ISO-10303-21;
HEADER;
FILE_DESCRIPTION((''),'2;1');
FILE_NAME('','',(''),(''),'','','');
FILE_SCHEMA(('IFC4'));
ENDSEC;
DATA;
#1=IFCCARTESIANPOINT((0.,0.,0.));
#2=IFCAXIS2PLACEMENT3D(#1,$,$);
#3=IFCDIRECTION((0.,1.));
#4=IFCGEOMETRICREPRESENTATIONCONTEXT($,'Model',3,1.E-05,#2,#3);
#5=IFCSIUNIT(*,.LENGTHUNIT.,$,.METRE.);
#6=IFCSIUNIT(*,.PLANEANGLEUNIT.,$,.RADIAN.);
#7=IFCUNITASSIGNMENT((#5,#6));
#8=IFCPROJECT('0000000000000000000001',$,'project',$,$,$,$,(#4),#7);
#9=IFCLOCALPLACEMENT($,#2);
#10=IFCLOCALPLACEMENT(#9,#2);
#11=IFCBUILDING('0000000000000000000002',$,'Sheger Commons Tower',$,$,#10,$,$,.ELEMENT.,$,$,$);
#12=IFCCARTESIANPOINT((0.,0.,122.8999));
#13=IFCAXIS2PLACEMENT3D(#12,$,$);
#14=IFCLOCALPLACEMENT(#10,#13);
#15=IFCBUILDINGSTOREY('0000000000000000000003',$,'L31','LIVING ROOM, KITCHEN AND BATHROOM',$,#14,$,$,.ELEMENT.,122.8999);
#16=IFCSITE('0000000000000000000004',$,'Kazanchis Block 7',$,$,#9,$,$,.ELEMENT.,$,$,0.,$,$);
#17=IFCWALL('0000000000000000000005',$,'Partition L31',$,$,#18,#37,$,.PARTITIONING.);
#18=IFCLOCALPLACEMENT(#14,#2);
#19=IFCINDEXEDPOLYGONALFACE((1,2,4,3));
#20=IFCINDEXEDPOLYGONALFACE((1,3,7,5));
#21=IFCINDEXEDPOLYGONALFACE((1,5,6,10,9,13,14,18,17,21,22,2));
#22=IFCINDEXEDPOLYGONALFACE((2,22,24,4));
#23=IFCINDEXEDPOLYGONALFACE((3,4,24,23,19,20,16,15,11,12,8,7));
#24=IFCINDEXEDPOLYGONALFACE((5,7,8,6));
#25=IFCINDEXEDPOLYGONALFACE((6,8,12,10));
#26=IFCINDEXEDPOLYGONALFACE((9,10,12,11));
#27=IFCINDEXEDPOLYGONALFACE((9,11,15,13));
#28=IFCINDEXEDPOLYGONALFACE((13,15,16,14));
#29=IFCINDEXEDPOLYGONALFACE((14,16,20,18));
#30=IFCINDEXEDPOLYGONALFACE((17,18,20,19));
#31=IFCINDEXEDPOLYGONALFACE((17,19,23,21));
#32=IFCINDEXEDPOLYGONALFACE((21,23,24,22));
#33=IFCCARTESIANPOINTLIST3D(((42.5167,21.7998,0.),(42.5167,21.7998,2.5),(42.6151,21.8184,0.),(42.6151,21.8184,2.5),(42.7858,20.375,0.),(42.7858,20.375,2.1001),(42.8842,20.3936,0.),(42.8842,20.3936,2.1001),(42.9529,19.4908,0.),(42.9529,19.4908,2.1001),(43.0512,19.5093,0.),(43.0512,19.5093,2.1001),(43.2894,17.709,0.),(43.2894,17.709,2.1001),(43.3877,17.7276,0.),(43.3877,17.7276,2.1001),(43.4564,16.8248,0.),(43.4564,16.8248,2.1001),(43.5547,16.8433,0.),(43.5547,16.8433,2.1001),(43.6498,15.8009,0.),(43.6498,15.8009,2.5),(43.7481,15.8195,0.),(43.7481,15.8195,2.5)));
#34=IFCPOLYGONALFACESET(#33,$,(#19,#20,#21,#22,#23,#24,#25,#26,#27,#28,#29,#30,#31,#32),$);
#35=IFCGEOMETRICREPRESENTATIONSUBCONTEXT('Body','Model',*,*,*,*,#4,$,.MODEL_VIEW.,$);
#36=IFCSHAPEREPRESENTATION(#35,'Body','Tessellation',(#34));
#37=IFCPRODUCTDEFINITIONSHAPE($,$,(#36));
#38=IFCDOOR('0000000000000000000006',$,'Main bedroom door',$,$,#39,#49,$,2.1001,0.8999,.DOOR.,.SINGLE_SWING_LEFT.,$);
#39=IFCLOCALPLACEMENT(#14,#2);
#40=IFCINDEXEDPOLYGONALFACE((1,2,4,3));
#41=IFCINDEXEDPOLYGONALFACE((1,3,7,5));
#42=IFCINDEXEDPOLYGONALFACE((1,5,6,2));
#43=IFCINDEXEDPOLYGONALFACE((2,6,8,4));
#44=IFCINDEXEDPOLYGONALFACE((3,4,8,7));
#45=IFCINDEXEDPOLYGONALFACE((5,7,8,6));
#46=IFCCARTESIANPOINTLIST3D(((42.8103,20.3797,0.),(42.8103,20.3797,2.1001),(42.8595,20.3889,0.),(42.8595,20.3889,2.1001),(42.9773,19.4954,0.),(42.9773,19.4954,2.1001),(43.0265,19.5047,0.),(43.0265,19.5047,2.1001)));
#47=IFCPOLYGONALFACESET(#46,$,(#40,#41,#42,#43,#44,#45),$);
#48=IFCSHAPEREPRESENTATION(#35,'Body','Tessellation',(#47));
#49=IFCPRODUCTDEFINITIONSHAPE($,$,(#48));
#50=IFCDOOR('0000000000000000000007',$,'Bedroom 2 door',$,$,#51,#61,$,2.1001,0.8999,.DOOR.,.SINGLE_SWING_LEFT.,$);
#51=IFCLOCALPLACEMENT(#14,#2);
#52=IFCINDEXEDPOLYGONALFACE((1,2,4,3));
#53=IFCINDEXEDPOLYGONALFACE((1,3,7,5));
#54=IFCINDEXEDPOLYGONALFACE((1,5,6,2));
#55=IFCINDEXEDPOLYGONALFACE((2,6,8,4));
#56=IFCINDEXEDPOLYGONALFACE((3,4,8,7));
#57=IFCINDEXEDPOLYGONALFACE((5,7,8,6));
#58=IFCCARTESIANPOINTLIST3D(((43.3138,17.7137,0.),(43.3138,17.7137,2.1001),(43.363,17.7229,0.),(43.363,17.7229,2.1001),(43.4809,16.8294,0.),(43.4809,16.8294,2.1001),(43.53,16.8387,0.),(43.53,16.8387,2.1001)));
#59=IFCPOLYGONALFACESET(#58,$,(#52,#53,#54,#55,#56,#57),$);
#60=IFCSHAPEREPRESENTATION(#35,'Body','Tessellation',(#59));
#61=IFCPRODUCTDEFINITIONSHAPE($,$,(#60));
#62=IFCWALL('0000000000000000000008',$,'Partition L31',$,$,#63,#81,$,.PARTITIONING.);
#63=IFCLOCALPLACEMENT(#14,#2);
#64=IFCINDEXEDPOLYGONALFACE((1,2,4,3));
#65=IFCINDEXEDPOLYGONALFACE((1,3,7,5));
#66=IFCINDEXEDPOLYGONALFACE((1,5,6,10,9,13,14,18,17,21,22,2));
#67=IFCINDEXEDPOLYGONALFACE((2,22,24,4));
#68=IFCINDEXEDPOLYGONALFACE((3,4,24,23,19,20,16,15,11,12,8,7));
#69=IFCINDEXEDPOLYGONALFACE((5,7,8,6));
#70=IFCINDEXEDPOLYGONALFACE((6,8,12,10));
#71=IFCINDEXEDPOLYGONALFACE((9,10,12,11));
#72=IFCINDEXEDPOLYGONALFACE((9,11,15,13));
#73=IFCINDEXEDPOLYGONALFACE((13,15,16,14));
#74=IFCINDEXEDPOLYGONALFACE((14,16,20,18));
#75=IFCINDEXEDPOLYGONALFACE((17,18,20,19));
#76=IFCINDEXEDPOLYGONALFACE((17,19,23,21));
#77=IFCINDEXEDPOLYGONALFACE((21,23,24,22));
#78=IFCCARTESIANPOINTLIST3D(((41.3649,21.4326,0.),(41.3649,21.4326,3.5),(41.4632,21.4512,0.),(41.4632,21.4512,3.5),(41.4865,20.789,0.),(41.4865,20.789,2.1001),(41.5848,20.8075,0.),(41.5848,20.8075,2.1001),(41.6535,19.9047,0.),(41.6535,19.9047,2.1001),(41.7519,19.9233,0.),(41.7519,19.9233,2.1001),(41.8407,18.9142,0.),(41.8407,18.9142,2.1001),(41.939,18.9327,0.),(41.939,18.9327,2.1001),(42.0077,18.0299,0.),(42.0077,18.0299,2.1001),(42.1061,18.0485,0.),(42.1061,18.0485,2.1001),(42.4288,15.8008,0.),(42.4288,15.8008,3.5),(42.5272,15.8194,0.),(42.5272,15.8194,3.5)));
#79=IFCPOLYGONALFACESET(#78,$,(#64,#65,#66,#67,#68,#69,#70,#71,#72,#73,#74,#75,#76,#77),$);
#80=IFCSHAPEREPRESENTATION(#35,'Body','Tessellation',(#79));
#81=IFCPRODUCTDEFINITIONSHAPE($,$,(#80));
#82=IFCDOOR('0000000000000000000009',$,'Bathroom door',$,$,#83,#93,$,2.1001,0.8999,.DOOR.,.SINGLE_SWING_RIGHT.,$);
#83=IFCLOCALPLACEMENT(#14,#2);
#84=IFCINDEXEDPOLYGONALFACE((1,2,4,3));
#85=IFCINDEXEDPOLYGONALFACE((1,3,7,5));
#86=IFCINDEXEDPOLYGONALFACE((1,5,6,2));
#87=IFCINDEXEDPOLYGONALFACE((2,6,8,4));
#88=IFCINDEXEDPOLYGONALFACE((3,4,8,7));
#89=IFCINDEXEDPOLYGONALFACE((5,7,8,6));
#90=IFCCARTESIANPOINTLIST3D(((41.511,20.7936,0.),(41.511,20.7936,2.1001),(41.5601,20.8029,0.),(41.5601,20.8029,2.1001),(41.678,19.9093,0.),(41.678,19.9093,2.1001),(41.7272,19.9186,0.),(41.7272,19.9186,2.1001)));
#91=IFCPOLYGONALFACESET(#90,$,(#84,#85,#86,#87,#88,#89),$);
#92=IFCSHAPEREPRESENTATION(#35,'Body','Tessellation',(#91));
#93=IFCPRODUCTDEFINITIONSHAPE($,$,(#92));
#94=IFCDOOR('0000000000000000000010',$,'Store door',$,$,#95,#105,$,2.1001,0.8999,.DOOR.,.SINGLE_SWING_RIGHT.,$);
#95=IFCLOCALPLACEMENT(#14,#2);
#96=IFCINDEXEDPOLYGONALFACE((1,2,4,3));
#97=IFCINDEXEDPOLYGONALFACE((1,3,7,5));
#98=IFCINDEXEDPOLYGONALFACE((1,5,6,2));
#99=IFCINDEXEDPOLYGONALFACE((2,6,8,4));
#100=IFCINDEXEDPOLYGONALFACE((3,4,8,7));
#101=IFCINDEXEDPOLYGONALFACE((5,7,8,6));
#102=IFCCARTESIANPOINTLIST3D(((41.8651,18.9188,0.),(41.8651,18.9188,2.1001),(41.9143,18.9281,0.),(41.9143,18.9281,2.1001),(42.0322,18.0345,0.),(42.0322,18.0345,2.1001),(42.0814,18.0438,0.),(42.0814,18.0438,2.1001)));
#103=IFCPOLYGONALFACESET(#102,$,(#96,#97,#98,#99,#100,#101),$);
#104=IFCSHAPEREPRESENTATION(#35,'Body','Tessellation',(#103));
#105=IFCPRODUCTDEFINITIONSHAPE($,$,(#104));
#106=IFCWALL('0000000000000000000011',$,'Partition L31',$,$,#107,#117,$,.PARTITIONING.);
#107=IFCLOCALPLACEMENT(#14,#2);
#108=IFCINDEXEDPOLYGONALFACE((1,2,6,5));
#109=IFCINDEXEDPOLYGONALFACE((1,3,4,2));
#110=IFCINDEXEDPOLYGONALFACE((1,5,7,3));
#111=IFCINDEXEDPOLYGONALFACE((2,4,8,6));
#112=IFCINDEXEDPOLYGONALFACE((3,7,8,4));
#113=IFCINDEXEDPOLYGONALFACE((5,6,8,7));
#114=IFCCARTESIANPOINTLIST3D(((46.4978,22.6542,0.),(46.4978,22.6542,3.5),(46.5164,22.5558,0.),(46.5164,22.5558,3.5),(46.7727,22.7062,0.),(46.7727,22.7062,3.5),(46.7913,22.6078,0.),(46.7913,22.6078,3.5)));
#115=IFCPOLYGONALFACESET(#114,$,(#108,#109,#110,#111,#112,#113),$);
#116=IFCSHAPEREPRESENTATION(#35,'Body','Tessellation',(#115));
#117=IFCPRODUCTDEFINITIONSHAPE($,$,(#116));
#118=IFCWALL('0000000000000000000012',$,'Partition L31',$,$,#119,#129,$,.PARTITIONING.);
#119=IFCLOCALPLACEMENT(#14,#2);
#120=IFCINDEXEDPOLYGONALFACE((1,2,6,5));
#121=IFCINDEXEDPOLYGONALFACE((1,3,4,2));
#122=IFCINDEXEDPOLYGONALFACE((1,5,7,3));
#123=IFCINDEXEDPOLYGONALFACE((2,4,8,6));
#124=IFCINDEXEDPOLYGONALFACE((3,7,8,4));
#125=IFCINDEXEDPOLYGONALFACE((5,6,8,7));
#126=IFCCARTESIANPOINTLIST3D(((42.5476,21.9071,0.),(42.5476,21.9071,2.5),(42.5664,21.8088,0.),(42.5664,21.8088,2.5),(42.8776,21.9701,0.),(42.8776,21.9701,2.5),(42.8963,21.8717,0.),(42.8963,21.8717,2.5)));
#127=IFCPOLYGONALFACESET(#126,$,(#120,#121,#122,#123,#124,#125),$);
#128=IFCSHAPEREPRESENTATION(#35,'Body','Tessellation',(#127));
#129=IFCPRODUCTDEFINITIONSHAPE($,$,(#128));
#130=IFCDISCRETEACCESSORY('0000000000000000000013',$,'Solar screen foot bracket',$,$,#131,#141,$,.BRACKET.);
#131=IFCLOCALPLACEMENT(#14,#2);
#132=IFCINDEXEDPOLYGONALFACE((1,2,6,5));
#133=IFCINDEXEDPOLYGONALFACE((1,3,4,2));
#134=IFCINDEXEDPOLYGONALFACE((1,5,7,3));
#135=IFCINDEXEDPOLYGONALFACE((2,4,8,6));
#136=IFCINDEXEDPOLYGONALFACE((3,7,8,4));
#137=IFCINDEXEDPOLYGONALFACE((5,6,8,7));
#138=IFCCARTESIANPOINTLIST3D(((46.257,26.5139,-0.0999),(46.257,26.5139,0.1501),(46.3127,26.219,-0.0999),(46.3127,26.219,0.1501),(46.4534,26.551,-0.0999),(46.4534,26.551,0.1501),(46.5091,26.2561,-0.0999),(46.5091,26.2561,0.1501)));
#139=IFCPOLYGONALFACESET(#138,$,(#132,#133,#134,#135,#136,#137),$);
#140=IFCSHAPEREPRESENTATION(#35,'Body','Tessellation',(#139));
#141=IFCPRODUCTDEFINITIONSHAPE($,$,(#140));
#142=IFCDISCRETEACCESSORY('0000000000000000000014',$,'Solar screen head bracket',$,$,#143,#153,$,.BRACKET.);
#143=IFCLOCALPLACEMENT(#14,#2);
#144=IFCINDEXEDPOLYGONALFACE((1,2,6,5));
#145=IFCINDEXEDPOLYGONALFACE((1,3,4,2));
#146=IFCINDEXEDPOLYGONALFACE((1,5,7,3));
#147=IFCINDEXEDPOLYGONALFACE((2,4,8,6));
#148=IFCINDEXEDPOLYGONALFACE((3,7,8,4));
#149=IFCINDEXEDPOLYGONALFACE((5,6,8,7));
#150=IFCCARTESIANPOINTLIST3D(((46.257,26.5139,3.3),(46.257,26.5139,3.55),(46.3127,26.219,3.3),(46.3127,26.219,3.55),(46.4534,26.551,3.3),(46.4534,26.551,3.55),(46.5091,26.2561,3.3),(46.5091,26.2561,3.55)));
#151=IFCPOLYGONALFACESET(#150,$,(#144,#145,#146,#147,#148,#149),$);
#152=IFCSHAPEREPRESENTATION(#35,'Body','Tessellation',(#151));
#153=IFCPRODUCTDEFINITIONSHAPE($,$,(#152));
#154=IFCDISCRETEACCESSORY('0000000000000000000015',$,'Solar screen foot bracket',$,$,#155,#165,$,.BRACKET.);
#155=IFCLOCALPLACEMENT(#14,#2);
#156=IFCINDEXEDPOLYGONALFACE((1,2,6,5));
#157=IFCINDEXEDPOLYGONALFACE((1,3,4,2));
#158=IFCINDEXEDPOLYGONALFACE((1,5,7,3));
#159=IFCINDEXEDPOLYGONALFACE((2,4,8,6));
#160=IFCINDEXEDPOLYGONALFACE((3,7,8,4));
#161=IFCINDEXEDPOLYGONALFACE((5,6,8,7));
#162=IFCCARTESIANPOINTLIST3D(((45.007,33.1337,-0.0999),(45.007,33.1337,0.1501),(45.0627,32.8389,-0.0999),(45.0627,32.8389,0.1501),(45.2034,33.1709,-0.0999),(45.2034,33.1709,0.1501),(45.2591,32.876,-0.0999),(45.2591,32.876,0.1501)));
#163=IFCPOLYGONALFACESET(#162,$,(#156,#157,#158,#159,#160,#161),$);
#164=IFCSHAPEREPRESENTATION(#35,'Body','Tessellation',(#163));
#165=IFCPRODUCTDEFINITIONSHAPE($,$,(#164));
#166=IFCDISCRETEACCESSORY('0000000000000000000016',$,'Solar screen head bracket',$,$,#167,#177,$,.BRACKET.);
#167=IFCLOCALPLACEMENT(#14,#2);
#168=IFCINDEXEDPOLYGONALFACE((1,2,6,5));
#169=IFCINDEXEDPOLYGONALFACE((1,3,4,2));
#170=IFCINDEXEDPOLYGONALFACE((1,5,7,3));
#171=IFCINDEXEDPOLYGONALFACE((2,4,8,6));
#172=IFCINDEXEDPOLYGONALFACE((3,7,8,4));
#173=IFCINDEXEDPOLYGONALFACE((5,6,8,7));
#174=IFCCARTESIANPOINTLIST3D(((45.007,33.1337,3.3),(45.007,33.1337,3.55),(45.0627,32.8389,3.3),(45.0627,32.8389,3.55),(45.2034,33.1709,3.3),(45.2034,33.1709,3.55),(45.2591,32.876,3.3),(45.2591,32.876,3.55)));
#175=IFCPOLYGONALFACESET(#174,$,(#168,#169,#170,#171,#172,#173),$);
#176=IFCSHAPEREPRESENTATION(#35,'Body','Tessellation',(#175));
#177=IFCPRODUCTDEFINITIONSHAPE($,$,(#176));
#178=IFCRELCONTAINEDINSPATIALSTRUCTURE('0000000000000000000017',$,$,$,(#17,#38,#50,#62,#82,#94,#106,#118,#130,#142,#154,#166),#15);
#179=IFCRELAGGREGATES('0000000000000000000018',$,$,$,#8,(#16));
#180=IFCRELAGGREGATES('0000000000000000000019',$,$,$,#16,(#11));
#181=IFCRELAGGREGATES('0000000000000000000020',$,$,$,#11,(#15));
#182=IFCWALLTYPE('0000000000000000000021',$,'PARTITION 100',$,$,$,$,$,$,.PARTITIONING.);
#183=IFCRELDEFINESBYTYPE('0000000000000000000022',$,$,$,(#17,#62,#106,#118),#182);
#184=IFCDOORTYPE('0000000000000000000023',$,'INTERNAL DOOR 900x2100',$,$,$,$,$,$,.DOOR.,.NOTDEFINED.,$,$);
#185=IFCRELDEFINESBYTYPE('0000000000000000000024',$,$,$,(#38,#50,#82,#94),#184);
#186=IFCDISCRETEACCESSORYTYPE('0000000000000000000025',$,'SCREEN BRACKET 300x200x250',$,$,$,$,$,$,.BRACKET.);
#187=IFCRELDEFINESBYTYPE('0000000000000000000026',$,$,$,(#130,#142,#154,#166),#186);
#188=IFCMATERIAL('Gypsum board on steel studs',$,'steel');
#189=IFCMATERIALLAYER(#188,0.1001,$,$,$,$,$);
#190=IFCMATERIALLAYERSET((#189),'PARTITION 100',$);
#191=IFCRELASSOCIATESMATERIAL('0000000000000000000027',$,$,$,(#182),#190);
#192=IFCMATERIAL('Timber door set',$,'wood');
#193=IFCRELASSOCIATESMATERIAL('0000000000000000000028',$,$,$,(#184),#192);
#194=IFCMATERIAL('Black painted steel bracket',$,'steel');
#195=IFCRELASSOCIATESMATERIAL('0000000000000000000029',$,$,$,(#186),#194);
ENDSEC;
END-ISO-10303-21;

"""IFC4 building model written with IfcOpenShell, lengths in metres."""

from ifc_helpers import new_model, si_unit, direction, frame, frame_2d, origin, origin_2d, place, context, subcontext, project, spatial, rectangle, extrude, material, layer, layer_set, type_object, element, fill, save


model = new_model("IFC4")

# Units and contexts
model_context = context("Model", 3, precision=1e-05, world=origin(), true_north=direction((0.0, 1.0)))
body_context = subcontext(model_context, "Body", "Model", "MODEL_VIEW")
ifc_project = project(units=[si_unit("LENGTHUNIT", "METRE"), si_unit("PLANEANGLEUNIT", "RADIAN")], contexts=[model_context])

# Site, building, storey
site_placement = place(None, origin())
site = spatial("IfcSite", under=ifc_project, at=site_placement, Name="Kazanchis Block 7", CompositionType="ELEMENT", RefElevation=0.0)
building_placement = place(site_placement, origin())
building = spatial("IfcBuilding", under=site, at=building_placement, Name="Sheger Commons Tower", CompositionType="ELEMENT")
storey_placement = place(building_placement, frame((0.0, 0.0, 122.8999)))
storey = spatial("IfcBuildingStorey", under=building, at=storey_placement, Name="L31", Description="LIVING ROOM, KITCHEN AND BATHROOM", CompositionType="ELEMENT", Elevation=122.8999)

# Shared definitions
ifc_material_1 = material(Name="Gypsum board on steel studs", Category="steel")
ifc_layer_1 = layer(ifc_material_1, 0.1001)
ifc_layer_set_1 = layer_set([ifc_layer_1], Name="PARTITION 100")
wall_type_1 = type_object("IfcWallType", Name="PARTITION 100", PredefinedType="PARTITIONING", material=ifc_layer_set_1)

# Shared definitions
ifc_material_2 = material(Name="Timber door set", Category="wood")
door_type = type_object("IfcDoorType", Name="INTERNAL DOOR 900x2100", OperationType="NOTDEFINED", PredefinedType="DOOR", material=ifc_material_2)

# Walls, openings, doors
wall_1_placement = place(storey_placement, frame((42.5659, 21.8091, 0.0), z_axis=(0.0, 0.0, 1.0), x_axis=(0.185592, -0.982627, 0.0)))
wall_1 = element("IfcWall", 1, at=wall_1_placement, inside=storey, type_object=wall_type_1, Name="Partition L31", PredefinedType="PARTITIONING", context=body_context, shape_type="SweptSolid", body=[
    extrude(rectangle(XDim=6.105, YDim=0.1001, at=frame_2d((3.0525, 0.0))), origin(), (0.0, 0.0, 1.0), 2.5),
])
opening_1_placement = place(wall_1_placement, frame((1.45, 0.0, 0.0)))
opening_1 = element("IfcOpeningElement", 2, at=opening_1_placement, cuts=wall_1, PredefinedType="OPENING", context=body_context, shape_type="SweptSolid", body=[
    extrude(rectangle(XDim=0.8999, YDim=2.1001, at=frame_2d((0.45, 1.05))), frame((0.0, 0.0601, 0.0), z_axis=(0.0, -1.0, 0.0), x_axis=(1.0, 0.0, 0.0)), (0.0, 0.0, 1.0), 0.1201),
])
opening_2_placement = place(wall_1_placement, frame((4.1631, 0.0, 0.0)))
opening_2 = element("IfcOpeningElement", 3, at=opening_2_placement, cuts=wall_1, PredefinedType="OPENING", context=body_context, shape_type="SweptSolid", body=[
    extrude(rectangle(XDim=0.8999, YDim=2.1001, at=frame_2d((0.45, 1.05))), frame((0.0, 0.0601, 0.0), z_axis=(0.0, -1.0, 0.0), x_axis=(1.0, 0.0, 0.0)), (0.0, 0.0, 1.0), 0.1201),
])
door_1_placement = place(opening_1_placement, origin())
door_1 = element("IfcDoor", 4, at=door_1_placement, inside=storey, type_object=door_type, Name="Main bedroom door", OperationType="SINGLE_SWING_LEFT", OverallHeight=2.1001, OverallWidth=0.8999, PredefinedType="DOOR", context=body_context, shape_type="SweptSolid", body=[
    extrude(rectangle(XDim=0.8999, YDim=2.1001, at=frame_2d((0.45, 1.05))), frame((0.0, 0.0249, 0.0), z_axis=(0.0, -1.0, 0.0), x_axis=(1.0, 0.0, 0.0)), (0.0, 0.0, 1.0), 0.05),
])
fill(opening_1, door_1)
door_2_placement = place(opening_2_placement, origin())
door_2 = element("IfcDoor", 5, at=door_2_placement, inside=storey, type_object=door_type, Name="Bedroom 2 door", OperationType="SINGLE_SWING_LEFT", OverallHeight=2.1001, OverallWidth=0.8999, PredefinedType="DOOR", context=body_context, shape_type="SweptSolid", body=[
    extrude(rectangle(XDim=0.8999, YDim=2.1001, at=frame_2d((0.45, 1.05))), frame((0.0, 0.0249, 0.0), z_axis=(0.0, -1.0, 0.0), x_axis=(1.0, 0.0, 0.0)), (0.0, 0.0, 1.0), 0.05),
])
fill(opening_2, door_2)
wall_2_placement = place(storey_placement, frame((41.4141, 21.4419, 0.0), z_axis=(0.0, 0.0, 1.0), x_axis=(0.185636, -0.982619, 0.0)))
wall_2 = element("IfcWall", 6, at=wall_2_placement, inside=storey, type_object=wall_type_1, Name="Partition L31", PredefinedType="PARTITIONING", context=body_context, shape_type="SweptSolid", body=[
    extrude(rectangle(XDim=5.7314, YDim=0.1001, at=frame_2d((2.8657, 0.0))), origin(), (0.0, 0.0, 1.0), 3.5),
])
opening_3_placement = place(wall_2_placement, frame((0.655, 0.0, 0.0)))
opening_3 = element("IfcOpeningElement", 7, at=opening_3_placement, cuts=wall_2, PredefinedType="OPENING", context=body_context, shape_type="SweptSolid", body=[
    extrude(rectangle(XDim=0.8999, YDim=2.1001, at=frame_2d((0.45, 1.05))), frame((0.0, 0.0601, 0.0), z_axis=(0.0, -1.0, 0.0), x_axis=(1.0, 0.0, 0.0)), (0.0, 0.0, 1.0), 0.1201),
])
opening_4_placement = place(wall_2_placement, frame((2.563, 0.0, 0.0)))
opening_4 = element("IfcOpeningElement", 8, at=opening_4_placement, cuts=wall_2, PredefinedType="OPENING", context=body_context, shape_type="SweptSolid", body=[
    extrude(rectangle(XDim=0.8999, YDim=2.1001, at=frame_2d((0.45, 1.05))), frame((0.0, 0.0601, 0.0), z_axis=(0.0, -1.0, 0.0), x_axis=(1.0, 0.0, 0.0)), (0.0, 0.0, 1.0), 0.1201),
])
door_3_placement = place(opening_3_placement, origin())
door_3 = element("IfcDoor", 9, at=door_3_placement, inside=storey, type_object=door_type, Name="Bathroom door", OperationType="SINGLE_SWING_RIGHT", OverallHeight=2.1001, OverallWidth=0.8999, PredefinedType="DOOR", context=body_context, shape_type="SweptSolid", body=[
    extrude(rectangle(XDim=0.8999, YDim=2.1001, at=frame_2d((0.45, 1.05))), frame((0.0, 0.0249, 0.0), z_axis=(0.0, -1.0, 0.0), x_axis=(1.0, 0.0, 0.0)), (0.0, 0.0, 1.0), 0.05),
])
fill(opening_3, door_3)
door_4_placement = place(opening_4_placement, origin())
door_4 = element("IfcDoor", 10, at=door_4_placement, inside=storey, type_object=door_type, Name="Store door", OperationType="SINGLE_SWING_RIGHT", OverallHeight=2.1001, OverallWidth=0.8999, PredefinedType="DOOR", context=body_context, shape_type="SweptSolid", body=[
    extrude(rectangle(XDim=0.8999, YDim=2.1001, at=frame_2d((0.45, 1.05))), frame((0.0, 0.0249, 0.0), z_axis=(0.0, -1.0, 0.0), x_axis=(1.0, 0.0, 0.0)), (0.0, 0.0, 1.0), 0.05),
])
fill(opening_4, door_4)

# Walls
wall_3_placement = place(storey_placement, frame((46.782, 22.657, 0.0), z_axis=(0.0, 0.0, 1.0), x_axis=(-0.982575, -0.185869, 0.0)))
element("IfcWall", 11, at=wall_3_placement, inside=storey, type_object=wall_type_1, Name="Partition L31", PredefinedType="PARTITIONING", context=body_context, shape_type="SweptSolid", body=[
    extrude(rectangle(XDim=0.2798, YDim=0.1001, at=frame_2d((0.1399, 0.0))), origin(), (0.0, 0.0, 1.0), 3.5),
])
wall_4_placement = place(storey_placement, frame((42.887, 21.9209, 0.0), z_axis=(0.0, 0.0, 1.0), x_axis=(-0.982275, -0.187446, 0.0)))
element("IfcWall", 12, at=wall_4_placement, inside=storey, type_object=wall_type_1, Name="Partition L31", PredefinedType="PARTITIONING", context=body_context, shape_type="SweptSolid", body=[
    extrude(rectangle(XDim=0.3359, YDim=0.1001, at=frame_2d((0.168, 0.0))), origin(), (0.0, 0.0, 1.0), 2.5),
])

# Discrete accessories
ifc_material_3 = material(Name="Black painted steel bracket", Category="steel")
discrete_accessory_type = type_object("IfcDiscreteAccessoryType", Name="SCREEN BRACKET 300x200x250", PredefinedType="BRACKET", material=ifc_material_3)
for number, where, z_axis, x_axis, name in (
    (13, (46.3831, 26.385, -0.0999), (0.0, 0.0, 1.0), (-0.185615, 0.982623, 0.0), "Solar screen foot bracket"),
    (14, (46.3831, 26.385, 3.3), (0.0, 0.0, 1.0), (-0.185615, 0.982623, 0.0), "Solar screen head bracket"),
    (15, (45.1331, 33.0049, -0.0999), (0.0, 0.0, 1.0), (-0.185615, 0.982623, 0.0), "Solar screen foot bracket"),
    (16, (45.1331, 33.0049, 3.3), (0.0, 0.0, 1.0), (-0.185615, 0.982623, 0.0), "Solar screen head bracket"),
):
    element("IfcDiscreteAccessory", number, at=place(storey_placement, frame(where, z_axis=z_axis, x_axis=x_axis)), inside=storey, type_object=discrete_accessory_type, Name=name, PredefinedType="BRACKET", context=body_context, shape_type="SweptSolid", body=[
        extrude(rectangle(XDim=0.3, YDim=0.2, at=origin_2d()), origin(), (0.0, 0.0, 1.0), 0.25),
    ])

save(model, "model.ifc")
